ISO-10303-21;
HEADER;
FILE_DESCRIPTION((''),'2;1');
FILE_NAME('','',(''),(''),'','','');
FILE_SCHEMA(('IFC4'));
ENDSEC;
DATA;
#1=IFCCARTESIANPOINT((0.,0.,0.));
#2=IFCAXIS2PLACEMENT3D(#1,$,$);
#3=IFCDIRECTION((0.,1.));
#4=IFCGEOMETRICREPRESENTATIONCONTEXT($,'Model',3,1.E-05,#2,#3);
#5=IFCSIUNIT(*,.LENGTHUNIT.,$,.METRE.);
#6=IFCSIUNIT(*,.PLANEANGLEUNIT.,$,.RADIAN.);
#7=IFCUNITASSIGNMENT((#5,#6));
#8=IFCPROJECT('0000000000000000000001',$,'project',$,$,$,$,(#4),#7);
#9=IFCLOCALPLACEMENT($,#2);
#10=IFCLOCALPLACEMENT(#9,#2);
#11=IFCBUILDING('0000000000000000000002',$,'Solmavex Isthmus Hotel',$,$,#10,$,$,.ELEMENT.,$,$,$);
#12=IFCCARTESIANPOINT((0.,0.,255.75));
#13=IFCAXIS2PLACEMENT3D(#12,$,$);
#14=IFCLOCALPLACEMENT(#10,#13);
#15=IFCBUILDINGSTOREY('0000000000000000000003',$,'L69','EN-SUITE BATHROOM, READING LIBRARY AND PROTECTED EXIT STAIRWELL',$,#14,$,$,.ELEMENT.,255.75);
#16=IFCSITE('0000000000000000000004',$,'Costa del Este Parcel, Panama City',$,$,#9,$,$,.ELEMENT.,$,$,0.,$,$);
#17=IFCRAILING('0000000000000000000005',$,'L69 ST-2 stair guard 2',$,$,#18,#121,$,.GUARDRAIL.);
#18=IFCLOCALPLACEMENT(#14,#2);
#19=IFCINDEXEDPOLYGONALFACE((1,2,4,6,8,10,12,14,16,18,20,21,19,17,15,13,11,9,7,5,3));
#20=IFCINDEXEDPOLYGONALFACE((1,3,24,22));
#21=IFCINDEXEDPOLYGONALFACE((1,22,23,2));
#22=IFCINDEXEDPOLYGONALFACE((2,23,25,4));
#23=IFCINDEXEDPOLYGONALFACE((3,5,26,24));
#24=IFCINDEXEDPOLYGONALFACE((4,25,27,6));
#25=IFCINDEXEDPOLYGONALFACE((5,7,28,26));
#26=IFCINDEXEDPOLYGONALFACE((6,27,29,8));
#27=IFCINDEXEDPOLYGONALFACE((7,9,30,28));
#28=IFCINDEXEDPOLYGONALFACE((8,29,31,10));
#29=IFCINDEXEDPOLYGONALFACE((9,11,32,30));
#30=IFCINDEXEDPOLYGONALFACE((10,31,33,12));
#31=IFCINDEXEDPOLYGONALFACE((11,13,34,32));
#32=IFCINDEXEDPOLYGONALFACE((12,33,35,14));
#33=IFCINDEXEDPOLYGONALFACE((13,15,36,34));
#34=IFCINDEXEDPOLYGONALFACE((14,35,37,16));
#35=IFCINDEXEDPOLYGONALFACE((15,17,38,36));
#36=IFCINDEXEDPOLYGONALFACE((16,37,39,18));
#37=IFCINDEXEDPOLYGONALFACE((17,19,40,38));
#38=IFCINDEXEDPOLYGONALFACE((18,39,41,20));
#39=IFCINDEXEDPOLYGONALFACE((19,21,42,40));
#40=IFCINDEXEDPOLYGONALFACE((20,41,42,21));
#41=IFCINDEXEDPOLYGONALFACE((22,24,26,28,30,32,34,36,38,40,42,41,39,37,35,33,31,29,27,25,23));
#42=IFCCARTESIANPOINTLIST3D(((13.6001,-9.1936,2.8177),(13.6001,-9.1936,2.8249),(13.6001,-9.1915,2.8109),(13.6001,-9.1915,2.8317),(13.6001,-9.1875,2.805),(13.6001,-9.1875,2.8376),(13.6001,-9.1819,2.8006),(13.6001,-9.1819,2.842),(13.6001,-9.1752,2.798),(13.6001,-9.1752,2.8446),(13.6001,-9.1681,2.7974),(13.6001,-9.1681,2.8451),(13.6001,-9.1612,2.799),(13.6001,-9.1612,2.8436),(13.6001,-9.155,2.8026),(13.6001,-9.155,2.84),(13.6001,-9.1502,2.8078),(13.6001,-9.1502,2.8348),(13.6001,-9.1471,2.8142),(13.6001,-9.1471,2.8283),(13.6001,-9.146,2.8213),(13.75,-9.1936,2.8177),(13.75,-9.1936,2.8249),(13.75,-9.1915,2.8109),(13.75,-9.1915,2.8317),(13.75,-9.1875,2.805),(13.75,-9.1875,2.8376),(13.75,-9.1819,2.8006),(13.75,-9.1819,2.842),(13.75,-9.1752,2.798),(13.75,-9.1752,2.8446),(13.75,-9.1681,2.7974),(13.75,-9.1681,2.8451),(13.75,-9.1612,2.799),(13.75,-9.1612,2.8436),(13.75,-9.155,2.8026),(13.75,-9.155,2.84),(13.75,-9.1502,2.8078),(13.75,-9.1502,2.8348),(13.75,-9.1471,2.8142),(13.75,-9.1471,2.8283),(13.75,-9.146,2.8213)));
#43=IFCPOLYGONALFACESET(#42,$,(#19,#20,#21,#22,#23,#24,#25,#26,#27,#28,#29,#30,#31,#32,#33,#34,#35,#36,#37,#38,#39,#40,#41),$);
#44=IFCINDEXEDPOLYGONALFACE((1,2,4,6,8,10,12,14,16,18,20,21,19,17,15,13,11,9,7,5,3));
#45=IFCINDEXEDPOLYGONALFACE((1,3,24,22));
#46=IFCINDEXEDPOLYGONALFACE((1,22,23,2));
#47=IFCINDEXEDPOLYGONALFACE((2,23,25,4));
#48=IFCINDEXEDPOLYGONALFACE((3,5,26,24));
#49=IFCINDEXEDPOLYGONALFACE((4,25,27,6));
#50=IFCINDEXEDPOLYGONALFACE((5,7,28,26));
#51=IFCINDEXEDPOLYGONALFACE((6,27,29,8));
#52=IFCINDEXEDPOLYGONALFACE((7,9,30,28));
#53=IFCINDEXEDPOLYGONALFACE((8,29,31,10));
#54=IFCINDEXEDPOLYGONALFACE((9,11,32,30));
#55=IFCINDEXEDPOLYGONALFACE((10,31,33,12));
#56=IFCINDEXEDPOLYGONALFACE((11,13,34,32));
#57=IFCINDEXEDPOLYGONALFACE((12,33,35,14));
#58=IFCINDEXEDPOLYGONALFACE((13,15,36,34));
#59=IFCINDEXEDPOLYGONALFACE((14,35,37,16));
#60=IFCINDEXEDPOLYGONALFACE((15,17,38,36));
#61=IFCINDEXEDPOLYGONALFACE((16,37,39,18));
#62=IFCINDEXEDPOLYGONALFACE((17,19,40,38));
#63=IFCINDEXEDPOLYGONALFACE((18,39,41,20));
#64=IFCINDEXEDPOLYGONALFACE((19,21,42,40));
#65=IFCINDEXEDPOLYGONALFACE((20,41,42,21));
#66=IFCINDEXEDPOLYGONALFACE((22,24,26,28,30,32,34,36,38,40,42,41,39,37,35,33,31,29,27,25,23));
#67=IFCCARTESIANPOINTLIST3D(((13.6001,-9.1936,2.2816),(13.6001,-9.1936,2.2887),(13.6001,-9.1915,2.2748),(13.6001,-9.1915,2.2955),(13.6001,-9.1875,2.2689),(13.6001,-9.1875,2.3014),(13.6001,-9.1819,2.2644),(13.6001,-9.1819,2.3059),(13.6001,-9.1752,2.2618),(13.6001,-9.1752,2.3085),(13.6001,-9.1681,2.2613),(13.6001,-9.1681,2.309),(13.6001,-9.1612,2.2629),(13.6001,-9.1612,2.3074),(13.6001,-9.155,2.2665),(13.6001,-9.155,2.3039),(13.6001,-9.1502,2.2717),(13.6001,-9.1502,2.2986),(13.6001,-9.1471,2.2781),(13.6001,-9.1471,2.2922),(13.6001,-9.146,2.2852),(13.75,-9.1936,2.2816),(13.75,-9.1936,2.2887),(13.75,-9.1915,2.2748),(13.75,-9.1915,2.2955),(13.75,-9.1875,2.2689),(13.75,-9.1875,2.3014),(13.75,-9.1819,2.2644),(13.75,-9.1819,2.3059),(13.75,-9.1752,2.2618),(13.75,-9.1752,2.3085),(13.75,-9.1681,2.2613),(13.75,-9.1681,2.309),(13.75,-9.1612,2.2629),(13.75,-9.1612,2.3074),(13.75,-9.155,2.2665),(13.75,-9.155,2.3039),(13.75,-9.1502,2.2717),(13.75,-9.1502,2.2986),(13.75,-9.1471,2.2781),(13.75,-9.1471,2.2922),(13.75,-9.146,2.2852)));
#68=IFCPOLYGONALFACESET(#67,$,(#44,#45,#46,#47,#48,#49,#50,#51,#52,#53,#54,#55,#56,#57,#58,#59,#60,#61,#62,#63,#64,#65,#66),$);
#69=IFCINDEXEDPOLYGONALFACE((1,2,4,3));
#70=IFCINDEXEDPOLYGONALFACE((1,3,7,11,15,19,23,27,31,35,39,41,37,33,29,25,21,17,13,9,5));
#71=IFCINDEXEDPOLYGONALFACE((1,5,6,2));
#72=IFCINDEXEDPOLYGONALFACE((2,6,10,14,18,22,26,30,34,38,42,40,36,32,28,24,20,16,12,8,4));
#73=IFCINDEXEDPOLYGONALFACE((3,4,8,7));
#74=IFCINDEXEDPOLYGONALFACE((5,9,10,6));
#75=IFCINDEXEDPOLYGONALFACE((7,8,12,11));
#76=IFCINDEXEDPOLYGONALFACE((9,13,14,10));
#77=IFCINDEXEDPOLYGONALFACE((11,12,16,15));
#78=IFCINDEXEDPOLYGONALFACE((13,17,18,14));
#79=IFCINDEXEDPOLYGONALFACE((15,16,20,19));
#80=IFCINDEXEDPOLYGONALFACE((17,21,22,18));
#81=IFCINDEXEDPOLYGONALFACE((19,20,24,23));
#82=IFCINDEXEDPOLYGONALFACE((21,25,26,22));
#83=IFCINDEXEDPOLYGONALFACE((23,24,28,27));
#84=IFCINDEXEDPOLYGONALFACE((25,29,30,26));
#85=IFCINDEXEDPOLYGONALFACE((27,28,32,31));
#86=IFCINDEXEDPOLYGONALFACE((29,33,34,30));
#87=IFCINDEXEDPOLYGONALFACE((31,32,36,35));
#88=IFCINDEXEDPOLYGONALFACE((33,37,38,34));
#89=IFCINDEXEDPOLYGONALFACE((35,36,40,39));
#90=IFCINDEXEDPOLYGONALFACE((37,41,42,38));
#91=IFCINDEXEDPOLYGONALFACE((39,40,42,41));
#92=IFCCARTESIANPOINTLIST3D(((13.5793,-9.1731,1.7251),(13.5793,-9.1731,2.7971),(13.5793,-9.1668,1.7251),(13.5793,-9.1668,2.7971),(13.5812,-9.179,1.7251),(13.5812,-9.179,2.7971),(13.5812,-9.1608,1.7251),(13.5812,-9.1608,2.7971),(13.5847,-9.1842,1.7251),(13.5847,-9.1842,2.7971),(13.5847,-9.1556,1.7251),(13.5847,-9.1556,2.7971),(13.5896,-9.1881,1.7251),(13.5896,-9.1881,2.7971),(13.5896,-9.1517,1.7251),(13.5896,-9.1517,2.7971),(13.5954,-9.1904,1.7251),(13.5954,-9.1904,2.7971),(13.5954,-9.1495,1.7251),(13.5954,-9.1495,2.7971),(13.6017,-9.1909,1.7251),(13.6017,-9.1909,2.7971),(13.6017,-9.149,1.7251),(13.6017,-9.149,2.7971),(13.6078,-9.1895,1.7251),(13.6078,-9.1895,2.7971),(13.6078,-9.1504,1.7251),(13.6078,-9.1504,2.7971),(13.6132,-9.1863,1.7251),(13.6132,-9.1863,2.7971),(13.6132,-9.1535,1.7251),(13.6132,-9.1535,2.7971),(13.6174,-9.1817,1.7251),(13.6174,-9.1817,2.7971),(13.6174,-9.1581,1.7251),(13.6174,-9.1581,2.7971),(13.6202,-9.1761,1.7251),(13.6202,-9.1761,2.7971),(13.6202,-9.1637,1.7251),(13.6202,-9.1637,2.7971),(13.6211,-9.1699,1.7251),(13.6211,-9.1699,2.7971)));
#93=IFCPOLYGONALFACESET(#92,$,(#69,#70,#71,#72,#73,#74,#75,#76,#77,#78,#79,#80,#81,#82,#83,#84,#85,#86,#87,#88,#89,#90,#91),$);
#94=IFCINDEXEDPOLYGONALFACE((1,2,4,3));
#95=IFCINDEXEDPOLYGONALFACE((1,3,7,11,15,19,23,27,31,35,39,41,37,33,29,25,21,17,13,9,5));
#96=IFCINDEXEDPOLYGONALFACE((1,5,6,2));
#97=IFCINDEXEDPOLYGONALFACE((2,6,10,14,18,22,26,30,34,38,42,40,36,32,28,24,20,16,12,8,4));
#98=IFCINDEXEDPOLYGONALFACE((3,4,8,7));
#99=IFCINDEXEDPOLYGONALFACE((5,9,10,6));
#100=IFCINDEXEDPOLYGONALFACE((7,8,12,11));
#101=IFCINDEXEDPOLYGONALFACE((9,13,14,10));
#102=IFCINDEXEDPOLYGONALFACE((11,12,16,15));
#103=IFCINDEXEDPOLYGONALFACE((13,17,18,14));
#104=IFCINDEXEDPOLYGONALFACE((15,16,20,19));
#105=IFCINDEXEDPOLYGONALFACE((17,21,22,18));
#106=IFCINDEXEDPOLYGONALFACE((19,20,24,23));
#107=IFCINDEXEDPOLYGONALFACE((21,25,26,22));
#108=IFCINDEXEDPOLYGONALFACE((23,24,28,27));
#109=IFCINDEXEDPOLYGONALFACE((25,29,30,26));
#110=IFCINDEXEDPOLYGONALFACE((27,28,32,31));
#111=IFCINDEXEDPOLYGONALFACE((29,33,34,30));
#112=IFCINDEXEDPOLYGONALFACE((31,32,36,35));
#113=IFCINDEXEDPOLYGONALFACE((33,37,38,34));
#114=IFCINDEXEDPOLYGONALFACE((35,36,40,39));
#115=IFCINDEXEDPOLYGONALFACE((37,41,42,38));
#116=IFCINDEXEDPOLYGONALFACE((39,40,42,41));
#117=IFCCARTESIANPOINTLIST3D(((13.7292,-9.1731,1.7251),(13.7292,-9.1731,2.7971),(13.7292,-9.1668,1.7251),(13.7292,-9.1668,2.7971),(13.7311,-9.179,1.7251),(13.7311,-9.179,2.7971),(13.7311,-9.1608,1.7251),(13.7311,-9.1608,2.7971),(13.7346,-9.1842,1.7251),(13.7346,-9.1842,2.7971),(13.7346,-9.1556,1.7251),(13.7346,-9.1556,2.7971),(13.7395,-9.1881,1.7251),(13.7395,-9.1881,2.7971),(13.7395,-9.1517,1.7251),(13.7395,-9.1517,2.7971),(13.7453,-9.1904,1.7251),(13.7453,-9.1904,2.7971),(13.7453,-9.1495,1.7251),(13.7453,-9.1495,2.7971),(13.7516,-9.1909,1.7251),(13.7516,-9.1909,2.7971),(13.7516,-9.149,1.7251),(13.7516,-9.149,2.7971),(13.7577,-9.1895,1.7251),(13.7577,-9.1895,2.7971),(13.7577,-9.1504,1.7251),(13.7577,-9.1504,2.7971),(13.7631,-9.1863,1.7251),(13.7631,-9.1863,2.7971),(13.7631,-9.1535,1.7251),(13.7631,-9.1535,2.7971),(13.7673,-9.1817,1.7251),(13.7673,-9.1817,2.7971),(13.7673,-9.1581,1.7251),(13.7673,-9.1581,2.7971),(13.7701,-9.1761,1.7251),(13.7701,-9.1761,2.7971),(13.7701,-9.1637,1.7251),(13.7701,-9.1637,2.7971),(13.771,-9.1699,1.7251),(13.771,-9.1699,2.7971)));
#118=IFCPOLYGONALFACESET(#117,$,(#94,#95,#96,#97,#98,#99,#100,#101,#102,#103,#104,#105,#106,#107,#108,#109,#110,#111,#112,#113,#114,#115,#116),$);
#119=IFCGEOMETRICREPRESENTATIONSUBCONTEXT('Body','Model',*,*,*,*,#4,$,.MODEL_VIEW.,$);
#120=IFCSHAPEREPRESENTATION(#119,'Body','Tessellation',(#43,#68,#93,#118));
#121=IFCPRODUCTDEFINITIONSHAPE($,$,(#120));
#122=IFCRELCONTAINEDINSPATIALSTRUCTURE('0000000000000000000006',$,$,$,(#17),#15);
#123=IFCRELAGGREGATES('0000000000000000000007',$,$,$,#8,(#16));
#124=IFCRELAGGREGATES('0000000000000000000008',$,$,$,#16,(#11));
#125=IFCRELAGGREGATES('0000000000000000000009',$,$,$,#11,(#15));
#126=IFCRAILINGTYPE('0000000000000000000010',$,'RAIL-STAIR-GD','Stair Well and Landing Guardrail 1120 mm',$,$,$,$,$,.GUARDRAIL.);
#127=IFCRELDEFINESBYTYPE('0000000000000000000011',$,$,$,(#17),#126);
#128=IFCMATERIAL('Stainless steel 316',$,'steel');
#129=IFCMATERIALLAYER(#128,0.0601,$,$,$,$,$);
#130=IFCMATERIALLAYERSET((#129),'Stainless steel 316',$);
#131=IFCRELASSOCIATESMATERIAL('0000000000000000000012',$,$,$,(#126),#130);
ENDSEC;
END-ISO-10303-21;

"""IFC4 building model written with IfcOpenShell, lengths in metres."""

from ifc_helpers import new_model, si_unit, direction, frame, origin, origin_2d, place, context, subcontext, project, spatial, circle, extrude, material, layer, layer_set, type_object, element, save


model = new_model("IFC4")

# Units and contexts
model_context = context("Model", 3, precision=1e-05, world=origin(), true_north=direction((0.0, 1.0)))
body_context = subcontext(model_context, "Body", "Model", "MODEL_VIEW")
ifc_project = project(units=[si_unit("LENGTHUNIT", "METRE"), si_unit("PLANEANGLEUNIT", "RADIAN")], contexts=[model_context])

# Site, building, storey
site_placement = place(None, origin())
site = spatial("IfcSite", under=ifc_project, at=site_placement, Name="Costa del Este Parcel, Panama City", CompositionType="ELEMENT", RefElevation=0.0)
building_placement = place(site_placement, origin())
building = spatial("IfcBuilding", under=site, at=building_placement, Name="Solmavex Isthmus Hotel", CompositionType="ELEMENT")
storey_placement = place(building_placement, frame((0.0, 0.0, 255.75)))
storey = spatial("IfcBuildingStorey", under=building, at=storey_placement, Name="L69", Description="EN-SUITE BATHROOM, READING LIBRARY AND PROTECTED EXIT STAIRWELL", CompositionType="ELEMENT", Elevation=255.75)

# Shared definitions
ifc_material_1 = material(Name="Stainless steel 316", Category="steel")

# Railing
ifc_layer_1 = layer(ifc_material_1, 0.0601)
ifc_layer_set_1 = layer_set([ifc_layer_1], Name="Stainless steel 316")
railing_type_1 = type_object("IfcRailingType", Name="RAIL-STAIR-GD", Description="Stair Well and Landing Guardrail 1120 mm", PredefinedType="GUARDRAIL", material=ifc_layer_set_1)
railing_1_placement = place(storey_placement, frame((13.6001, -9.1699, 1.7251)))
element("IfcRailing", 1, at=railing_1_placement, inside=storey, type_object=railing_type_1, Name="L69 ST-2 stair guard 2", PredefinedType="GUARDRAIL", context=body_context, shape_type="SweptSolid", body=[
    extrude(circle(Radius=0.0239, at=origin_2d()), frame((0.0, 0.0, 1.0962), z_axis=(1.0, 0.0, 0.0), x_axis=(0.0, 1.0, 0.0)), (0.0, 0.0, 1.0), 0.1499),
    extrude(circle(Radius=0.0239, at=origin_2d()), frame((0.0, 0.0, 0.5601), z_axis=(1.0, 0.0, 0.0), x_axis=(0.0, 1.0, 0.0)), (0.0, 0.0, 1.0), 0.1499),
    extrude(circle(Radius=0.021, at=origin_2d()), origin(), (0.0, 0.0, 1.0), 1.072),
    extrude(circle(Radius=0.021, at=origin_2d()), frame((0.1499, 0.0, 0.0)), (0.0, 0.0, 1.0), 1.072),
])

save(model, "model.ifc")
